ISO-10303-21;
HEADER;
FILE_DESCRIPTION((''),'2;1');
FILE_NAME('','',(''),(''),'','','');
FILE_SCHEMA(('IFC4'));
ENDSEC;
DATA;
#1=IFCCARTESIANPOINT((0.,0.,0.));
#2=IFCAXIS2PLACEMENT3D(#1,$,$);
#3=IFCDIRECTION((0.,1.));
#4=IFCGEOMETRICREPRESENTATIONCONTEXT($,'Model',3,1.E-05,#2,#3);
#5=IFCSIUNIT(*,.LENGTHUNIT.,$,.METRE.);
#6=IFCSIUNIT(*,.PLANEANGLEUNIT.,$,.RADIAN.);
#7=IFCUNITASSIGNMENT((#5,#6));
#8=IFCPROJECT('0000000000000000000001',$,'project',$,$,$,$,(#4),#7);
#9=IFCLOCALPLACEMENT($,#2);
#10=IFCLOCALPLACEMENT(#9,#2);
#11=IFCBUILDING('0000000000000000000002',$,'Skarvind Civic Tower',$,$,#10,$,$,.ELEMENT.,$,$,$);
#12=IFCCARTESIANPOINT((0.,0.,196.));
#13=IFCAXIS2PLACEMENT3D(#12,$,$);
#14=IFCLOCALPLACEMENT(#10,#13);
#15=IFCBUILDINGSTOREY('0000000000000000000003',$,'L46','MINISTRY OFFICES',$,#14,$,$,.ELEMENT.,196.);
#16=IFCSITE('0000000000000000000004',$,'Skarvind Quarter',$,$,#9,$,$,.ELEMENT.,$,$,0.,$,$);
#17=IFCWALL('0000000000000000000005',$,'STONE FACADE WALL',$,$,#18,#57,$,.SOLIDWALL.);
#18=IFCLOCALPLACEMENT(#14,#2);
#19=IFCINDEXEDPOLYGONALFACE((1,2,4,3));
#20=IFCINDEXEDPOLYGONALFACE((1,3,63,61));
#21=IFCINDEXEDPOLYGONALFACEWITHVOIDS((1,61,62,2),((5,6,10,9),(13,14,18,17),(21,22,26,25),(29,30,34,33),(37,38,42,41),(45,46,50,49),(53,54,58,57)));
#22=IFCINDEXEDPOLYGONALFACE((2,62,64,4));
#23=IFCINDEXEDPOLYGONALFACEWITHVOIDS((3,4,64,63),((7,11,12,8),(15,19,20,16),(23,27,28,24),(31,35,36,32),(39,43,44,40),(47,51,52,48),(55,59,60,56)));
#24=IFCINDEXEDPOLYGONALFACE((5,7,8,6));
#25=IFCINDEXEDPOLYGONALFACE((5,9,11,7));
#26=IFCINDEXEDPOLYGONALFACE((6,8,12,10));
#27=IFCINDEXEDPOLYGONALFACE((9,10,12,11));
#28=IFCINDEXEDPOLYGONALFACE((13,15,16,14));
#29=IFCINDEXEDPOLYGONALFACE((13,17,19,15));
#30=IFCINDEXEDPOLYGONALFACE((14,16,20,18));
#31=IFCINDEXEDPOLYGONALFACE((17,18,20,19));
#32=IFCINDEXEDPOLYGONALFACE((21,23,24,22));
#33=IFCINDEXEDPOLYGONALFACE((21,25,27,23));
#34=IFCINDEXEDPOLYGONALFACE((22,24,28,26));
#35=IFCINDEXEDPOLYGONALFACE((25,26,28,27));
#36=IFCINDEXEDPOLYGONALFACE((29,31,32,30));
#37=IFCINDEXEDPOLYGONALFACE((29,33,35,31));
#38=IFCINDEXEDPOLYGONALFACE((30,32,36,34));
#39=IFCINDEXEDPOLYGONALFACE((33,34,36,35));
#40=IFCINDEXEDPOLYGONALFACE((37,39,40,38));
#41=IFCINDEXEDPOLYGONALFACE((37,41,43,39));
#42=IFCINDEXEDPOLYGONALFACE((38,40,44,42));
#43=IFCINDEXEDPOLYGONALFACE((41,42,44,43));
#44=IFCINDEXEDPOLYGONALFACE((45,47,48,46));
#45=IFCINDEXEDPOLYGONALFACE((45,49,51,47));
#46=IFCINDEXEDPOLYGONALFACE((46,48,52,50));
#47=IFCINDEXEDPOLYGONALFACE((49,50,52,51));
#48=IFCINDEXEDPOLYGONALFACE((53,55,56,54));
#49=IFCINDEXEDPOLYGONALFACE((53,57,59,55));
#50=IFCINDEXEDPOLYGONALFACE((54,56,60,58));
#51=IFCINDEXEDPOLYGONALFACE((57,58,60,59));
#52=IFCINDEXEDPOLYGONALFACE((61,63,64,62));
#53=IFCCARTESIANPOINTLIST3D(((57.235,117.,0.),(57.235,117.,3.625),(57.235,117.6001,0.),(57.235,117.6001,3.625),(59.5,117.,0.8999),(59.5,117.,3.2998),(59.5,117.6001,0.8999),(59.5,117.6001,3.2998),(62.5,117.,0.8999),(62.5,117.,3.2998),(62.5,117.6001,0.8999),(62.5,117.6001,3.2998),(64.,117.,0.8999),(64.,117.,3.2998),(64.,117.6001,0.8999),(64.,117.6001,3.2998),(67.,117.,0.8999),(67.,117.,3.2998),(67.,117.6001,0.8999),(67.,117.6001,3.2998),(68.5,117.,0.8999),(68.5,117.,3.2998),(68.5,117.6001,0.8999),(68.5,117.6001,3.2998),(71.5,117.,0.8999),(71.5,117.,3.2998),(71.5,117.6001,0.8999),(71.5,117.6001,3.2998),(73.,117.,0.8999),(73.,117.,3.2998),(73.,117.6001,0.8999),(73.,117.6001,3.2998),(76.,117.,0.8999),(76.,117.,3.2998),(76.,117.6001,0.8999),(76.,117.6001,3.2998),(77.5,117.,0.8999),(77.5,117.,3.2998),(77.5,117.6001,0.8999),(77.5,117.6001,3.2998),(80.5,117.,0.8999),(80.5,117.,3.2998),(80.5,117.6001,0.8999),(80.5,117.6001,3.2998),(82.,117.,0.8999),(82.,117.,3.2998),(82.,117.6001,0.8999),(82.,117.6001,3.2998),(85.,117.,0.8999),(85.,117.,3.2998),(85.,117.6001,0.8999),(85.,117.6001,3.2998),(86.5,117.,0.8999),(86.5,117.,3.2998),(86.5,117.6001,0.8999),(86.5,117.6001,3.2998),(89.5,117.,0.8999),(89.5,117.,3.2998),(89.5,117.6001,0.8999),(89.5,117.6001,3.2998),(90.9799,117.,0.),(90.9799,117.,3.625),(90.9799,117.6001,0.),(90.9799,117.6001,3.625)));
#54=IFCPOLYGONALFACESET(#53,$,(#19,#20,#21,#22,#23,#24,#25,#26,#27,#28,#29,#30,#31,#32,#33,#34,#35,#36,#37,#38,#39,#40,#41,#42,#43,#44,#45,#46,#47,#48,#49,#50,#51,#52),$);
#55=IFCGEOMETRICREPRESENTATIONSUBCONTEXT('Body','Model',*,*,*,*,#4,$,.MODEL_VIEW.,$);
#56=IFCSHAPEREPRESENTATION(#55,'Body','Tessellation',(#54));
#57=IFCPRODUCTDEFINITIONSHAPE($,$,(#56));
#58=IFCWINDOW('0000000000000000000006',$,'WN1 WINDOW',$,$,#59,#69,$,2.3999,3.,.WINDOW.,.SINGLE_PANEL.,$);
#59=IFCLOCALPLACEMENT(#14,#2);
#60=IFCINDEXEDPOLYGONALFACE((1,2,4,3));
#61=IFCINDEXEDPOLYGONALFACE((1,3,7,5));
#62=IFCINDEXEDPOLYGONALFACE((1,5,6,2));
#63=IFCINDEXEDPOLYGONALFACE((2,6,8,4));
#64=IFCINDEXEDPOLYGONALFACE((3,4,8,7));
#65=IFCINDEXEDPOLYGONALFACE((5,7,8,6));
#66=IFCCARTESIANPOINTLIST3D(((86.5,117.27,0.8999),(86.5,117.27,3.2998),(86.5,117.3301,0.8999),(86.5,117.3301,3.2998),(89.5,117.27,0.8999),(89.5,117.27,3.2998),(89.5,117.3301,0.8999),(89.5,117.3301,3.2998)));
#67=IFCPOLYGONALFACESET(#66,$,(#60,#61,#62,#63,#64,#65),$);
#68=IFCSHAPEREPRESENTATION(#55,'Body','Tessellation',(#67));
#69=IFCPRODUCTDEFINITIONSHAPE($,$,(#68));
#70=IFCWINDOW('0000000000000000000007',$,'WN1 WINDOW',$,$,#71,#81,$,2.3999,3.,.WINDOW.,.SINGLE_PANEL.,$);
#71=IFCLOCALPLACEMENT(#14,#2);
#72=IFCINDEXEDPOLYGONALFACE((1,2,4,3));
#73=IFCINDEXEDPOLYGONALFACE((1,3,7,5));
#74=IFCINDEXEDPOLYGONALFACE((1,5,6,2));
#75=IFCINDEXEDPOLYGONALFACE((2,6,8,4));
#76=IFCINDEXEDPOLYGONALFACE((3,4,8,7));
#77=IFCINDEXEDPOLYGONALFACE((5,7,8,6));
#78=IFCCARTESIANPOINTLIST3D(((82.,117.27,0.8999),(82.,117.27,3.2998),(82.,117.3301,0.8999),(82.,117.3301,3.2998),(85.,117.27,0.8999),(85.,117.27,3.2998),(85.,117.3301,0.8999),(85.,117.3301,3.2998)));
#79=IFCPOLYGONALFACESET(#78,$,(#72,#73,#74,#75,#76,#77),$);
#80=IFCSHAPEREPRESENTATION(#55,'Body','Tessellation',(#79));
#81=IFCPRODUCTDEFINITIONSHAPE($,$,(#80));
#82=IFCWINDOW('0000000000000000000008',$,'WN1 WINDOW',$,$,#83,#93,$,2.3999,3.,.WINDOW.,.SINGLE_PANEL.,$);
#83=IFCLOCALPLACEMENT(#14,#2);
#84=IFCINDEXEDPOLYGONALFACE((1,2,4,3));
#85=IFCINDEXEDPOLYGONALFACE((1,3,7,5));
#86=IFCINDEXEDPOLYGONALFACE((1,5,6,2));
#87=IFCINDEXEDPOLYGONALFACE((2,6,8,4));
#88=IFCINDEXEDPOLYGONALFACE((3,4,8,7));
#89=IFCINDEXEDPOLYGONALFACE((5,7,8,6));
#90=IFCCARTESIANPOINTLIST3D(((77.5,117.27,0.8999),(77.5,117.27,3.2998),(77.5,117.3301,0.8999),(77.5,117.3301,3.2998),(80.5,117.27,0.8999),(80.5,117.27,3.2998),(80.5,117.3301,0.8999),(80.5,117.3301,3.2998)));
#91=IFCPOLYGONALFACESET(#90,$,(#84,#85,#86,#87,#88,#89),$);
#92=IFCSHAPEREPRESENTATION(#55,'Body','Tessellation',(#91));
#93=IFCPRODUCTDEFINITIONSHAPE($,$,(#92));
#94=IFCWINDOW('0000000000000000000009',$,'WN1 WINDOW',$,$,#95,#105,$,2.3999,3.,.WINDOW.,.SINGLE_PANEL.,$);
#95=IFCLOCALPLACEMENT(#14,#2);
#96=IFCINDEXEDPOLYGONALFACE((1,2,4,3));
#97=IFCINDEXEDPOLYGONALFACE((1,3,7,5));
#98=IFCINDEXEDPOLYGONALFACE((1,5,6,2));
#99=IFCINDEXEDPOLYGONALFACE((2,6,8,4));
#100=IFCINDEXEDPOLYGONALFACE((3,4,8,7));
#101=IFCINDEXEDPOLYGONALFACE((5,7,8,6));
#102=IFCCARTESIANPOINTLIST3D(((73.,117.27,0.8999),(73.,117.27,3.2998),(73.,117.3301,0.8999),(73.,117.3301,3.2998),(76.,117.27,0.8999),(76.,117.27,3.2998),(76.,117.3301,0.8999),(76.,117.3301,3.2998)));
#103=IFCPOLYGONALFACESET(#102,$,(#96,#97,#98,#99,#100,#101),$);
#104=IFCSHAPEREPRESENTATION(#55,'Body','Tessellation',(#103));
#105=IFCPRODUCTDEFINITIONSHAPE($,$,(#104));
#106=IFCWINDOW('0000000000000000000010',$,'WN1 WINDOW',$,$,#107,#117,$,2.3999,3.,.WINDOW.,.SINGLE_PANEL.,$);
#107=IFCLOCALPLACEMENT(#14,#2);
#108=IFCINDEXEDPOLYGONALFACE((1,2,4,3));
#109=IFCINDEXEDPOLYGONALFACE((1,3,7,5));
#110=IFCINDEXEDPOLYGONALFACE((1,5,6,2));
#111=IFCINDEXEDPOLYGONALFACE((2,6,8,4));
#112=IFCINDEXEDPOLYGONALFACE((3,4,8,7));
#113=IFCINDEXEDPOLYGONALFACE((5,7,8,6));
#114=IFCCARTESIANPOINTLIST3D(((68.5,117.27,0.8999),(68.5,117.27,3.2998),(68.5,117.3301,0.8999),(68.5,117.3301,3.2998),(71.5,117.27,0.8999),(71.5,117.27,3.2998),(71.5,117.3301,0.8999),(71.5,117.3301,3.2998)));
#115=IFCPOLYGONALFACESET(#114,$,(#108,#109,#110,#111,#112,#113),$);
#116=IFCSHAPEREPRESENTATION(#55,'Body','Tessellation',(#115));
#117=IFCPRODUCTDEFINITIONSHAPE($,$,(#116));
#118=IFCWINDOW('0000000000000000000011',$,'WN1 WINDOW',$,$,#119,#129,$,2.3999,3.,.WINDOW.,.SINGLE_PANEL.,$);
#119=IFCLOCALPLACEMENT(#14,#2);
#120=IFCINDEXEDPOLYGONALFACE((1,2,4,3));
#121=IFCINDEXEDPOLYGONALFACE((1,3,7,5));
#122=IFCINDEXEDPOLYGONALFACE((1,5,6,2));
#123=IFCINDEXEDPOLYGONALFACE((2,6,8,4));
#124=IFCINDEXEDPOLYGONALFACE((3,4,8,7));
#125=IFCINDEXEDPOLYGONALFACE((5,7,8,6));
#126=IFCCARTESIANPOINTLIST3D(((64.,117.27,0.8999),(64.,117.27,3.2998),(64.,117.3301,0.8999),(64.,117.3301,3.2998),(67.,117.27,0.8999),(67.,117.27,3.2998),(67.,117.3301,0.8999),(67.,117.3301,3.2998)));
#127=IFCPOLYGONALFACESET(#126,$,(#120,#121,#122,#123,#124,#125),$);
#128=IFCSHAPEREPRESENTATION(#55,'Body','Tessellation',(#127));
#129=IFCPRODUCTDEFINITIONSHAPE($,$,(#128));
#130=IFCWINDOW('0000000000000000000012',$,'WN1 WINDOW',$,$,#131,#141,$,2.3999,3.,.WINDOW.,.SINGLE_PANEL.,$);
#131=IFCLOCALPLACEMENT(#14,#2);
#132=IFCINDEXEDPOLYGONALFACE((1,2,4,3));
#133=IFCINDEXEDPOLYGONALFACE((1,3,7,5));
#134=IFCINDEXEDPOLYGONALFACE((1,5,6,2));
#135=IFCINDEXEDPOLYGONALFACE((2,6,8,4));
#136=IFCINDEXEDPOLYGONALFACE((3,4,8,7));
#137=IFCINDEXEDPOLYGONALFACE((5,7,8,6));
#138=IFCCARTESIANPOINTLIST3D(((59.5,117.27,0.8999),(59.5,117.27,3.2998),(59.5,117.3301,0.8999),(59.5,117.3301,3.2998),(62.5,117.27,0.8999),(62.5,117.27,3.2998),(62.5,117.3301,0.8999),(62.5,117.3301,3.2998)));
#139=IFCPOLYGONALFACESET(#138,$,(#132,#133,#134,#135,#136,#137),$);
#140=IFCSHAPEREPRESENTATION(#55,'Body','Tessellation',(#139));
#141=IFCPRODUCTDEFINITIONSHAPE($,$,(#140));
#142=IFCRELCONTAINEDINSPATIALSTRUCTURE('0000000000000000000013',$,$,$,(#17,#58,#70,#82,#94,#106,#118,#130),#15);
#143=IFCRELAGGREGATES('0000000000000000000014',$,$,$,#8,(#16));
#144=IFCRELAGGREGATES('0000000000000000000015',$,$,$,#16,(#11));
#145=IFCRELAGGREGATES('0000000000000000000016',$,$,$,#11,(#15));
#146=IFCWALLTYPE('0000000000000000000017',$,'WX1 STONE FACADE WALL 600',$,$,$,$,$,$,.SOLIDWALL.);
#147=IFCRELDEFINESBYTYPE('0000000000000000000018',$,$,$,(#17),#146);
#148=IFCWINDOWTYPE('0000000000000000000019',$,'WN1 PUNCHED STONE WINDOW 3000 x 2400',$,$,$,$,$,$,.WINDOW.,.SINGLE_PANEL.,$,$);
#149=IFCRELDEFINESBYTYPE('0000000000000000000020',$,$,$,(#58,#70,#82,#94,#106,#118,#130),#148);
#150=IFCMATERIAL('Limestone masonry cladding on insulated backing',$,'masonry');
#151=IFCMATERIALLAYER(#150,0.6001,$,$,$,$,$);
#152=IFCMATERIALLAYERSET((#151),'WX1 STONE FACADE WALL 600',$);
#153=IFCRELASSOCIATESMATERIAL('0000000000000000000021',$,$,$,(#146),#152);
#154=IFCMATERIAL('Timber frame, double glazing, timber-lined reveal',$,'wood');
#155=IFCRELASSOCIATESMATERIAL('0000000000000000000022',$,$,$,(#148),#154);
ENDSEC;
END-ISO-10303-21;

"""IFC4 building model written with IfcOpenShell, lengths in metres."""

from ifc_helpers import new_model, si_unit, direction, frame, frame_2d, origin, place, context, subcontext, project, spatial, rectangle, extrude, material, layer, layer_set, type_object, element, fill, save


model = new_model("IFC4")

# Units and contexts
model_context = context("Model", 3, precision=1e-05, world=origin(), true_north=direction((0.0, 1.0)))
body_context = subcontext(model_context, "Body", "Model", "MODEL_VIEW")
ifc_project = project(units=[si_unit("LENGTHUNIT", "METRE"), si_unit("PLANEANGLEUNIT", "RADIAN")], contexts=[model_context])

# Site, building, storey
site_placement = place(None, origin())
site = spatial("IfcSite", under=ifc_project, at=site_placement, Name="Skarvind Quarter", CompositionType="ELEMENT", RefElevation=0.0)
building_placement = place(site_placement, origin())
building = spatial("IfcBuilding", under=site, at=building_placement, Name="Skarvind Civic Tower", CompositionType="ELEMENT")
storey_placement = place(building_placement, frame((0.0, 0.0, 196.0)))
storey = spatial("IfcBuildingStorey", under=building, at=storey_placement, Name="L46", Description="MINISTRY OFFICES", CompositionType="ELEMENT", Elevation=196.0)

# Wall, openings, windows
ifc_material_1 = material(Name="Limestone masonry cladding on insulated backing", Category="masonry")
ifc_layer_1 = layer(ifc_material_1, 0.6001)
ifc_layer_set_1 = layer_set([ifc_layer_1], Name="WX1 STONE FACADE WALL 600")
wall_type_1 = type_object("IfcWallType", Name="WX1 STONE FACADE WALL 600", PredefinedType="SOLIDWALL", material=ifc_layer_set_1)
wall_1_placement = place(storey_placement, frame((90.98, 117.3, 0.0), z_axis=(0.0, 0.0, 1.0), x_axis=(-1.0, 0.0, 0.0)))
wall_1 = element("IfcWall", 1, at=wall_1_placement, inside=storey, type_object=wall_type_1, Name="STONE FACADE WALL", PredefinedType="SOLIDWALL", context=body_context, shape_type="SweptSolid", body=[
    extrude(rectangle(XDim=33.7449, YDim=0.6001, at=frame_2d((16.8726, 0.0))), origin(), (0.0, 0.0, 1.0), 3.625),
])
opening_1_placement = place(wall_1_placement, frame((1.48, 0.0, 0.8999)))
opening_1 = element("IfcOpeningElement", 2, at=opening_1_placement, cuts=wall_1, PredefinedType="OPENING", context=body_context, shape_type="SweptSolid", body=[
    extrude(rectangle(XDim=3.0, YDim=2.3999, at=frame_2d((1.5, 1.2))), frame((0.0, 0.3101, 0.0), z_axis=(0.0, -1.0, 0.0), x_axis=(1.0, 0.0, 0.0)), (0.0, 0.0, 1.0), 0.6201),
])
opening_2_placement = place(wall_1_placement, frame((5.98, 0.0, 0.8999)))
opening_2 = element("IfcOpeningElement", 3, at=opening_2_placement, cuts=wall_1, PredefinedType="OPENING", context=body_context, shape_type="SweptSolid", body=[
    extrude(rectangle(XDim=3.0, YDim=2.3999, at=frame_2d((1.5, 1.2))), frame((0.0, 0.3101, 0.0), z_axis=(0.0, -1.0, 0.0), x_axis=(1.0, 0.0, 0.0)), (0.0, 0.0, 1.0), 0.6201),
])
opening_3_placement = place(wall_1_placement, frame((10.48, 0.0, 0.8999)))
opening_3 = element("IfcOpeningElement", 4, at=opening_3_placement, cuts=wall_1, PredefinedType="OPENING", context=body_context, shape_type="SweptSolid", body=[
    extrude(rectangle(XDim=3.0, YDim=2.3999, at=frame_2d((1.5, 1.2))), frame((0.0, 0.3101, 0.0), z_axis=(0.0, -1.0, 0.0), x_axis=(1.0, 0.0, 0.0)), (0.0, 0.0, 1.0), 0.6201),
])
opening_4_placement = place(wall_1_placement, frame((14.98, 0.0, 0.8999)))
opening_4 = element("IfcOpeningElement", 5, at=opening_4_placement, cuts=wall_1, PredefinedType="OPENING", context=body_context, shape_type="SweptSolid", body=[
    extrude(rectangle(XDim=3.0, YDim=2.3999, at=frame_2d((1.5, 1.2))), frame((0.0, 0.3101, 0.0), z_axis=(0.0, -1.0, 0.0), x_axis=(1.0, 0.0, 0.0)), (0.0, 0.0, 1.0), 0.6201),
])
opening_5_placement = place(wall_1_placement, frame((19.48, 0.0, 0.8999)))
opening_5 = element("IfcOpeningElement", 6, at=opening_5_placement, cuts=wall_1, PredefinedType="OPENING", context=body_context, shape_type="SweptSolid", body=[
    extrude(rectangle(XDim=3.0, YDim=2.3999, at=frame_2d((1.5, 1.2))), frame((0.0, 0.3101, 0.0), z_axis=(0.0, -1.0, 0.0), x_axis=(1.0, 0.0, 0.0)), (0.0, 0.0, 1.0), 0.6201),
])
opening_6_placement = place(wall_1_placement, frame((23.98, 0.0, 0.8999)))
opening_6 = element("IfcOpeningElement", 7, at=opening_6_placement, cuts=wall_1, PredefinedType="OPENING", context=body_context, shape_type="SweptSolid", body=[
    extrude(rectangle(XDim=3.0, YDim=2.3999, at=frame_2d((1.5, 1.2))), frame((0.0, 0.3101, 0.0), z_axis=(0.0, -1.0, 0.0), x_axis=(1.0, 0.0, 0.0)), (0.0, 0.0, 1.0), 0.6201),
])
opening_7_placement = place(wall_1_placement, frame((28.48, 0.0, 0.8999)))
opening_7 = element("IfcOpeningElement", 8, at=opening_7_placement, cuts=wall_1, PredefinedType="OPENING", context=body_context, shape_type="SweptSolid", body=[
    extrude(rectangle(XDim=3.0, YDim=2.3999, at=frame_2d((1.5, 1.2))), frame((0.0, 0.3101, 0.0), z_axis=(0.0, -1.0, 0.0), x_axis=(1.0, 0.0, 0.0)), (0.0, 0.0, 1.0), 0.6201),
])
ifc_material_2 = material(Name="Timber frame, double glazing, timber-lined reveal", Category="wood")
window_type = type_object("IfcWindowType", Name="WN1 PUNCHED STONE WINDOW 3000 x 2400", PartitioningType="SINGLE_PANEL", PredefinedType="WINDOW", material=ifc_material_2)
window_1_placement = place(opening_1_placement, origin())
window_1 = element("IfcWindow", 9, at=window_1_placement, inside=storey, type_object=window_type, Name="WN1 WINDOW", OverallHeight=2.3999, OverallWidth=3.0, PartitioningType="SINGLE_PANEL", PredefinedType="WINDOW", context=body_context, shape_type="SweptSolid", body=[
    extrude(rectangle(XDim=3.0, YDim=2.3999, at=frame_2d((1.5, 1.2))), frame((0.0, 0.03, 0.0), z_axis=(0.0, -1.0, 0.0), x_axis=(1.0, 0.0, 0.0)), (0.0, 0.0, 1.0), 0.0601),
])
fill(opening_1, window_1)
window_2_placement = place(opening_2_placement, origin())
window_2 = element("IfcWindow", 10, at=window_2_placement, inside=storey, type_object=window_type, Name="WN1 WINDOW", OverallHeight=2.3999, OverallWidth=3.0, PartitioningType="SINGLE_PANEL", PredefinedType="WINDOW", context=body_context, shape_type="SweptSolid", body=[
    extrude(rectangle(XDim=3.0, YDim=2.3999, at=frame_2d((1.5, 1.2))), frame((0.0, 0.03, 0.0), z_axis=(0.0, -1.0, 0.0), x_axis=(1.0, 0.0, 0.0)), (0.0, 0.0, 1.0), 0.0601),
])
fill(opening_2, window_2)
window_3_placement = place(opening_3_placement, origin())
window_3 = element("IfcWindow", 11, at=window_3_placement, inside=storey, type_object=window_type, Name="WN1 WINDOW", OverallHeight=2.3999, OverallWidth=3.0, PartitioningType="SINGLE_PANEL", PredefinedType="WINDOW", context=body_context, shape_type="SweptSolid", body=[
    extrude(rectangle(XDim=3.0, YDim=2.3999, at=frame_2d((1.5, 1.2))), frame((0.0, 0.03, 0.0), z_axis=(0.0, -1.0, 0.0), x_axis=(1.0, 0.0, 0.0)), (0.0, 0.0, 1.0), 0.0601),
])
fill(opening_3, window_3)
window_4_placement = place(opening_4_placement, origin())
window_4 = element("IfcWindow", 12, at=window_4_placement, inside=storey, type_object=window_type, Name="WN1 WINDOW", OverallHeight=2.3999, OverallWidth=3.0, PartitioningType="SINGLE_PANEL", PredefinedType="WINDOW", context=body_context, shape_type="SweptSolid", body=[
    extrude(rectangle(XDim=3.0, YDim=2.3999, at=frame_2d((1.5, 1.2))), frame((0.0, 0.03, 0.0), z_axis=(0.0, -1.0, 0.0), x_axis=(1.0, 0.0, 0.0)), (0.0, 0.0, 1.0), 0.0601),
])
fill(opening_4, window_4)
window_5_placement = place(opening_5_placement, origin())
window_5 = element("IfcWindow", 13, at=window_5_placement, inside=storey, type_object=window_type, Name="WN1 WINDOW", OverallHeight=2.3999, OverallWidth=3.0, PartitioningType="SINGLE_PANEL", PredefinedType="WINDOW", context=body_context, shape_type="SweptSolid", body=[
    extrude(rectangle(XDim=3.0, YDim=2.3999, at=frame_2d((1.5, 1.2))), frame((0.0, 0.03, 0.0), z_axis=(0.0, -1.0, 0.0), x_axis=(1.0, 0.0, 0.0)), (0.0, 0.0, 1.0), 0.0601),
])
fill(opening_5, window_5)
window_6_placement = place(opening_6_placement, origin())
window_6 = element("IfcWindow", 14, at=window_6_placement, inside=storey, type_object=window_type, Name="WN1 WINDOW", OverallHeight=2.3999, OverallWidth=3.0, PartitioningType="SINGLE_PANEL", PredefinedType="WINDOW", context=body_context, shape_type="SweptSolid", body=[
    extrude(rectangle(XDim=3.0, YDim=2.3999, at=frame_2d((1.5, 1.2))), frame((0.0, 0.03, 0.0), z_axis=(0.0, -1.0, 0.0), x_axis=(1.0, 0.0, 0.0)), (0.0, 0.0, 1.0), 0.0601),
])
fill(opening_6, window_6)
window_7_placement = place(opening_7_placement, origin())
window_7 = element("IfcWindow", 15, at=window_7_placement, inside=storey, type_object=window_type, Name="WN1 WINDOW", OverallHeight=2.3999, OverallWidth=3.0, PartitioningType="SINGLE_PANEL", PredefinedType="WINDOW", context=body_context, shape_type="SweptSolid", body=[
    extrude(rectangle(XDim=3.0, YDim=2.3999, at=frame_2d((1.5, 1.2))), frame((0.0, 0.03, 0.0), z_axis=(0.0, -1.0, 0.0), x_axis=(1.0, 0.0, 0.0)), (0.0, 0.0, 1.0), 0.0601),
])
fill(opening_7, window_7)

save(model, "model.ifc")
